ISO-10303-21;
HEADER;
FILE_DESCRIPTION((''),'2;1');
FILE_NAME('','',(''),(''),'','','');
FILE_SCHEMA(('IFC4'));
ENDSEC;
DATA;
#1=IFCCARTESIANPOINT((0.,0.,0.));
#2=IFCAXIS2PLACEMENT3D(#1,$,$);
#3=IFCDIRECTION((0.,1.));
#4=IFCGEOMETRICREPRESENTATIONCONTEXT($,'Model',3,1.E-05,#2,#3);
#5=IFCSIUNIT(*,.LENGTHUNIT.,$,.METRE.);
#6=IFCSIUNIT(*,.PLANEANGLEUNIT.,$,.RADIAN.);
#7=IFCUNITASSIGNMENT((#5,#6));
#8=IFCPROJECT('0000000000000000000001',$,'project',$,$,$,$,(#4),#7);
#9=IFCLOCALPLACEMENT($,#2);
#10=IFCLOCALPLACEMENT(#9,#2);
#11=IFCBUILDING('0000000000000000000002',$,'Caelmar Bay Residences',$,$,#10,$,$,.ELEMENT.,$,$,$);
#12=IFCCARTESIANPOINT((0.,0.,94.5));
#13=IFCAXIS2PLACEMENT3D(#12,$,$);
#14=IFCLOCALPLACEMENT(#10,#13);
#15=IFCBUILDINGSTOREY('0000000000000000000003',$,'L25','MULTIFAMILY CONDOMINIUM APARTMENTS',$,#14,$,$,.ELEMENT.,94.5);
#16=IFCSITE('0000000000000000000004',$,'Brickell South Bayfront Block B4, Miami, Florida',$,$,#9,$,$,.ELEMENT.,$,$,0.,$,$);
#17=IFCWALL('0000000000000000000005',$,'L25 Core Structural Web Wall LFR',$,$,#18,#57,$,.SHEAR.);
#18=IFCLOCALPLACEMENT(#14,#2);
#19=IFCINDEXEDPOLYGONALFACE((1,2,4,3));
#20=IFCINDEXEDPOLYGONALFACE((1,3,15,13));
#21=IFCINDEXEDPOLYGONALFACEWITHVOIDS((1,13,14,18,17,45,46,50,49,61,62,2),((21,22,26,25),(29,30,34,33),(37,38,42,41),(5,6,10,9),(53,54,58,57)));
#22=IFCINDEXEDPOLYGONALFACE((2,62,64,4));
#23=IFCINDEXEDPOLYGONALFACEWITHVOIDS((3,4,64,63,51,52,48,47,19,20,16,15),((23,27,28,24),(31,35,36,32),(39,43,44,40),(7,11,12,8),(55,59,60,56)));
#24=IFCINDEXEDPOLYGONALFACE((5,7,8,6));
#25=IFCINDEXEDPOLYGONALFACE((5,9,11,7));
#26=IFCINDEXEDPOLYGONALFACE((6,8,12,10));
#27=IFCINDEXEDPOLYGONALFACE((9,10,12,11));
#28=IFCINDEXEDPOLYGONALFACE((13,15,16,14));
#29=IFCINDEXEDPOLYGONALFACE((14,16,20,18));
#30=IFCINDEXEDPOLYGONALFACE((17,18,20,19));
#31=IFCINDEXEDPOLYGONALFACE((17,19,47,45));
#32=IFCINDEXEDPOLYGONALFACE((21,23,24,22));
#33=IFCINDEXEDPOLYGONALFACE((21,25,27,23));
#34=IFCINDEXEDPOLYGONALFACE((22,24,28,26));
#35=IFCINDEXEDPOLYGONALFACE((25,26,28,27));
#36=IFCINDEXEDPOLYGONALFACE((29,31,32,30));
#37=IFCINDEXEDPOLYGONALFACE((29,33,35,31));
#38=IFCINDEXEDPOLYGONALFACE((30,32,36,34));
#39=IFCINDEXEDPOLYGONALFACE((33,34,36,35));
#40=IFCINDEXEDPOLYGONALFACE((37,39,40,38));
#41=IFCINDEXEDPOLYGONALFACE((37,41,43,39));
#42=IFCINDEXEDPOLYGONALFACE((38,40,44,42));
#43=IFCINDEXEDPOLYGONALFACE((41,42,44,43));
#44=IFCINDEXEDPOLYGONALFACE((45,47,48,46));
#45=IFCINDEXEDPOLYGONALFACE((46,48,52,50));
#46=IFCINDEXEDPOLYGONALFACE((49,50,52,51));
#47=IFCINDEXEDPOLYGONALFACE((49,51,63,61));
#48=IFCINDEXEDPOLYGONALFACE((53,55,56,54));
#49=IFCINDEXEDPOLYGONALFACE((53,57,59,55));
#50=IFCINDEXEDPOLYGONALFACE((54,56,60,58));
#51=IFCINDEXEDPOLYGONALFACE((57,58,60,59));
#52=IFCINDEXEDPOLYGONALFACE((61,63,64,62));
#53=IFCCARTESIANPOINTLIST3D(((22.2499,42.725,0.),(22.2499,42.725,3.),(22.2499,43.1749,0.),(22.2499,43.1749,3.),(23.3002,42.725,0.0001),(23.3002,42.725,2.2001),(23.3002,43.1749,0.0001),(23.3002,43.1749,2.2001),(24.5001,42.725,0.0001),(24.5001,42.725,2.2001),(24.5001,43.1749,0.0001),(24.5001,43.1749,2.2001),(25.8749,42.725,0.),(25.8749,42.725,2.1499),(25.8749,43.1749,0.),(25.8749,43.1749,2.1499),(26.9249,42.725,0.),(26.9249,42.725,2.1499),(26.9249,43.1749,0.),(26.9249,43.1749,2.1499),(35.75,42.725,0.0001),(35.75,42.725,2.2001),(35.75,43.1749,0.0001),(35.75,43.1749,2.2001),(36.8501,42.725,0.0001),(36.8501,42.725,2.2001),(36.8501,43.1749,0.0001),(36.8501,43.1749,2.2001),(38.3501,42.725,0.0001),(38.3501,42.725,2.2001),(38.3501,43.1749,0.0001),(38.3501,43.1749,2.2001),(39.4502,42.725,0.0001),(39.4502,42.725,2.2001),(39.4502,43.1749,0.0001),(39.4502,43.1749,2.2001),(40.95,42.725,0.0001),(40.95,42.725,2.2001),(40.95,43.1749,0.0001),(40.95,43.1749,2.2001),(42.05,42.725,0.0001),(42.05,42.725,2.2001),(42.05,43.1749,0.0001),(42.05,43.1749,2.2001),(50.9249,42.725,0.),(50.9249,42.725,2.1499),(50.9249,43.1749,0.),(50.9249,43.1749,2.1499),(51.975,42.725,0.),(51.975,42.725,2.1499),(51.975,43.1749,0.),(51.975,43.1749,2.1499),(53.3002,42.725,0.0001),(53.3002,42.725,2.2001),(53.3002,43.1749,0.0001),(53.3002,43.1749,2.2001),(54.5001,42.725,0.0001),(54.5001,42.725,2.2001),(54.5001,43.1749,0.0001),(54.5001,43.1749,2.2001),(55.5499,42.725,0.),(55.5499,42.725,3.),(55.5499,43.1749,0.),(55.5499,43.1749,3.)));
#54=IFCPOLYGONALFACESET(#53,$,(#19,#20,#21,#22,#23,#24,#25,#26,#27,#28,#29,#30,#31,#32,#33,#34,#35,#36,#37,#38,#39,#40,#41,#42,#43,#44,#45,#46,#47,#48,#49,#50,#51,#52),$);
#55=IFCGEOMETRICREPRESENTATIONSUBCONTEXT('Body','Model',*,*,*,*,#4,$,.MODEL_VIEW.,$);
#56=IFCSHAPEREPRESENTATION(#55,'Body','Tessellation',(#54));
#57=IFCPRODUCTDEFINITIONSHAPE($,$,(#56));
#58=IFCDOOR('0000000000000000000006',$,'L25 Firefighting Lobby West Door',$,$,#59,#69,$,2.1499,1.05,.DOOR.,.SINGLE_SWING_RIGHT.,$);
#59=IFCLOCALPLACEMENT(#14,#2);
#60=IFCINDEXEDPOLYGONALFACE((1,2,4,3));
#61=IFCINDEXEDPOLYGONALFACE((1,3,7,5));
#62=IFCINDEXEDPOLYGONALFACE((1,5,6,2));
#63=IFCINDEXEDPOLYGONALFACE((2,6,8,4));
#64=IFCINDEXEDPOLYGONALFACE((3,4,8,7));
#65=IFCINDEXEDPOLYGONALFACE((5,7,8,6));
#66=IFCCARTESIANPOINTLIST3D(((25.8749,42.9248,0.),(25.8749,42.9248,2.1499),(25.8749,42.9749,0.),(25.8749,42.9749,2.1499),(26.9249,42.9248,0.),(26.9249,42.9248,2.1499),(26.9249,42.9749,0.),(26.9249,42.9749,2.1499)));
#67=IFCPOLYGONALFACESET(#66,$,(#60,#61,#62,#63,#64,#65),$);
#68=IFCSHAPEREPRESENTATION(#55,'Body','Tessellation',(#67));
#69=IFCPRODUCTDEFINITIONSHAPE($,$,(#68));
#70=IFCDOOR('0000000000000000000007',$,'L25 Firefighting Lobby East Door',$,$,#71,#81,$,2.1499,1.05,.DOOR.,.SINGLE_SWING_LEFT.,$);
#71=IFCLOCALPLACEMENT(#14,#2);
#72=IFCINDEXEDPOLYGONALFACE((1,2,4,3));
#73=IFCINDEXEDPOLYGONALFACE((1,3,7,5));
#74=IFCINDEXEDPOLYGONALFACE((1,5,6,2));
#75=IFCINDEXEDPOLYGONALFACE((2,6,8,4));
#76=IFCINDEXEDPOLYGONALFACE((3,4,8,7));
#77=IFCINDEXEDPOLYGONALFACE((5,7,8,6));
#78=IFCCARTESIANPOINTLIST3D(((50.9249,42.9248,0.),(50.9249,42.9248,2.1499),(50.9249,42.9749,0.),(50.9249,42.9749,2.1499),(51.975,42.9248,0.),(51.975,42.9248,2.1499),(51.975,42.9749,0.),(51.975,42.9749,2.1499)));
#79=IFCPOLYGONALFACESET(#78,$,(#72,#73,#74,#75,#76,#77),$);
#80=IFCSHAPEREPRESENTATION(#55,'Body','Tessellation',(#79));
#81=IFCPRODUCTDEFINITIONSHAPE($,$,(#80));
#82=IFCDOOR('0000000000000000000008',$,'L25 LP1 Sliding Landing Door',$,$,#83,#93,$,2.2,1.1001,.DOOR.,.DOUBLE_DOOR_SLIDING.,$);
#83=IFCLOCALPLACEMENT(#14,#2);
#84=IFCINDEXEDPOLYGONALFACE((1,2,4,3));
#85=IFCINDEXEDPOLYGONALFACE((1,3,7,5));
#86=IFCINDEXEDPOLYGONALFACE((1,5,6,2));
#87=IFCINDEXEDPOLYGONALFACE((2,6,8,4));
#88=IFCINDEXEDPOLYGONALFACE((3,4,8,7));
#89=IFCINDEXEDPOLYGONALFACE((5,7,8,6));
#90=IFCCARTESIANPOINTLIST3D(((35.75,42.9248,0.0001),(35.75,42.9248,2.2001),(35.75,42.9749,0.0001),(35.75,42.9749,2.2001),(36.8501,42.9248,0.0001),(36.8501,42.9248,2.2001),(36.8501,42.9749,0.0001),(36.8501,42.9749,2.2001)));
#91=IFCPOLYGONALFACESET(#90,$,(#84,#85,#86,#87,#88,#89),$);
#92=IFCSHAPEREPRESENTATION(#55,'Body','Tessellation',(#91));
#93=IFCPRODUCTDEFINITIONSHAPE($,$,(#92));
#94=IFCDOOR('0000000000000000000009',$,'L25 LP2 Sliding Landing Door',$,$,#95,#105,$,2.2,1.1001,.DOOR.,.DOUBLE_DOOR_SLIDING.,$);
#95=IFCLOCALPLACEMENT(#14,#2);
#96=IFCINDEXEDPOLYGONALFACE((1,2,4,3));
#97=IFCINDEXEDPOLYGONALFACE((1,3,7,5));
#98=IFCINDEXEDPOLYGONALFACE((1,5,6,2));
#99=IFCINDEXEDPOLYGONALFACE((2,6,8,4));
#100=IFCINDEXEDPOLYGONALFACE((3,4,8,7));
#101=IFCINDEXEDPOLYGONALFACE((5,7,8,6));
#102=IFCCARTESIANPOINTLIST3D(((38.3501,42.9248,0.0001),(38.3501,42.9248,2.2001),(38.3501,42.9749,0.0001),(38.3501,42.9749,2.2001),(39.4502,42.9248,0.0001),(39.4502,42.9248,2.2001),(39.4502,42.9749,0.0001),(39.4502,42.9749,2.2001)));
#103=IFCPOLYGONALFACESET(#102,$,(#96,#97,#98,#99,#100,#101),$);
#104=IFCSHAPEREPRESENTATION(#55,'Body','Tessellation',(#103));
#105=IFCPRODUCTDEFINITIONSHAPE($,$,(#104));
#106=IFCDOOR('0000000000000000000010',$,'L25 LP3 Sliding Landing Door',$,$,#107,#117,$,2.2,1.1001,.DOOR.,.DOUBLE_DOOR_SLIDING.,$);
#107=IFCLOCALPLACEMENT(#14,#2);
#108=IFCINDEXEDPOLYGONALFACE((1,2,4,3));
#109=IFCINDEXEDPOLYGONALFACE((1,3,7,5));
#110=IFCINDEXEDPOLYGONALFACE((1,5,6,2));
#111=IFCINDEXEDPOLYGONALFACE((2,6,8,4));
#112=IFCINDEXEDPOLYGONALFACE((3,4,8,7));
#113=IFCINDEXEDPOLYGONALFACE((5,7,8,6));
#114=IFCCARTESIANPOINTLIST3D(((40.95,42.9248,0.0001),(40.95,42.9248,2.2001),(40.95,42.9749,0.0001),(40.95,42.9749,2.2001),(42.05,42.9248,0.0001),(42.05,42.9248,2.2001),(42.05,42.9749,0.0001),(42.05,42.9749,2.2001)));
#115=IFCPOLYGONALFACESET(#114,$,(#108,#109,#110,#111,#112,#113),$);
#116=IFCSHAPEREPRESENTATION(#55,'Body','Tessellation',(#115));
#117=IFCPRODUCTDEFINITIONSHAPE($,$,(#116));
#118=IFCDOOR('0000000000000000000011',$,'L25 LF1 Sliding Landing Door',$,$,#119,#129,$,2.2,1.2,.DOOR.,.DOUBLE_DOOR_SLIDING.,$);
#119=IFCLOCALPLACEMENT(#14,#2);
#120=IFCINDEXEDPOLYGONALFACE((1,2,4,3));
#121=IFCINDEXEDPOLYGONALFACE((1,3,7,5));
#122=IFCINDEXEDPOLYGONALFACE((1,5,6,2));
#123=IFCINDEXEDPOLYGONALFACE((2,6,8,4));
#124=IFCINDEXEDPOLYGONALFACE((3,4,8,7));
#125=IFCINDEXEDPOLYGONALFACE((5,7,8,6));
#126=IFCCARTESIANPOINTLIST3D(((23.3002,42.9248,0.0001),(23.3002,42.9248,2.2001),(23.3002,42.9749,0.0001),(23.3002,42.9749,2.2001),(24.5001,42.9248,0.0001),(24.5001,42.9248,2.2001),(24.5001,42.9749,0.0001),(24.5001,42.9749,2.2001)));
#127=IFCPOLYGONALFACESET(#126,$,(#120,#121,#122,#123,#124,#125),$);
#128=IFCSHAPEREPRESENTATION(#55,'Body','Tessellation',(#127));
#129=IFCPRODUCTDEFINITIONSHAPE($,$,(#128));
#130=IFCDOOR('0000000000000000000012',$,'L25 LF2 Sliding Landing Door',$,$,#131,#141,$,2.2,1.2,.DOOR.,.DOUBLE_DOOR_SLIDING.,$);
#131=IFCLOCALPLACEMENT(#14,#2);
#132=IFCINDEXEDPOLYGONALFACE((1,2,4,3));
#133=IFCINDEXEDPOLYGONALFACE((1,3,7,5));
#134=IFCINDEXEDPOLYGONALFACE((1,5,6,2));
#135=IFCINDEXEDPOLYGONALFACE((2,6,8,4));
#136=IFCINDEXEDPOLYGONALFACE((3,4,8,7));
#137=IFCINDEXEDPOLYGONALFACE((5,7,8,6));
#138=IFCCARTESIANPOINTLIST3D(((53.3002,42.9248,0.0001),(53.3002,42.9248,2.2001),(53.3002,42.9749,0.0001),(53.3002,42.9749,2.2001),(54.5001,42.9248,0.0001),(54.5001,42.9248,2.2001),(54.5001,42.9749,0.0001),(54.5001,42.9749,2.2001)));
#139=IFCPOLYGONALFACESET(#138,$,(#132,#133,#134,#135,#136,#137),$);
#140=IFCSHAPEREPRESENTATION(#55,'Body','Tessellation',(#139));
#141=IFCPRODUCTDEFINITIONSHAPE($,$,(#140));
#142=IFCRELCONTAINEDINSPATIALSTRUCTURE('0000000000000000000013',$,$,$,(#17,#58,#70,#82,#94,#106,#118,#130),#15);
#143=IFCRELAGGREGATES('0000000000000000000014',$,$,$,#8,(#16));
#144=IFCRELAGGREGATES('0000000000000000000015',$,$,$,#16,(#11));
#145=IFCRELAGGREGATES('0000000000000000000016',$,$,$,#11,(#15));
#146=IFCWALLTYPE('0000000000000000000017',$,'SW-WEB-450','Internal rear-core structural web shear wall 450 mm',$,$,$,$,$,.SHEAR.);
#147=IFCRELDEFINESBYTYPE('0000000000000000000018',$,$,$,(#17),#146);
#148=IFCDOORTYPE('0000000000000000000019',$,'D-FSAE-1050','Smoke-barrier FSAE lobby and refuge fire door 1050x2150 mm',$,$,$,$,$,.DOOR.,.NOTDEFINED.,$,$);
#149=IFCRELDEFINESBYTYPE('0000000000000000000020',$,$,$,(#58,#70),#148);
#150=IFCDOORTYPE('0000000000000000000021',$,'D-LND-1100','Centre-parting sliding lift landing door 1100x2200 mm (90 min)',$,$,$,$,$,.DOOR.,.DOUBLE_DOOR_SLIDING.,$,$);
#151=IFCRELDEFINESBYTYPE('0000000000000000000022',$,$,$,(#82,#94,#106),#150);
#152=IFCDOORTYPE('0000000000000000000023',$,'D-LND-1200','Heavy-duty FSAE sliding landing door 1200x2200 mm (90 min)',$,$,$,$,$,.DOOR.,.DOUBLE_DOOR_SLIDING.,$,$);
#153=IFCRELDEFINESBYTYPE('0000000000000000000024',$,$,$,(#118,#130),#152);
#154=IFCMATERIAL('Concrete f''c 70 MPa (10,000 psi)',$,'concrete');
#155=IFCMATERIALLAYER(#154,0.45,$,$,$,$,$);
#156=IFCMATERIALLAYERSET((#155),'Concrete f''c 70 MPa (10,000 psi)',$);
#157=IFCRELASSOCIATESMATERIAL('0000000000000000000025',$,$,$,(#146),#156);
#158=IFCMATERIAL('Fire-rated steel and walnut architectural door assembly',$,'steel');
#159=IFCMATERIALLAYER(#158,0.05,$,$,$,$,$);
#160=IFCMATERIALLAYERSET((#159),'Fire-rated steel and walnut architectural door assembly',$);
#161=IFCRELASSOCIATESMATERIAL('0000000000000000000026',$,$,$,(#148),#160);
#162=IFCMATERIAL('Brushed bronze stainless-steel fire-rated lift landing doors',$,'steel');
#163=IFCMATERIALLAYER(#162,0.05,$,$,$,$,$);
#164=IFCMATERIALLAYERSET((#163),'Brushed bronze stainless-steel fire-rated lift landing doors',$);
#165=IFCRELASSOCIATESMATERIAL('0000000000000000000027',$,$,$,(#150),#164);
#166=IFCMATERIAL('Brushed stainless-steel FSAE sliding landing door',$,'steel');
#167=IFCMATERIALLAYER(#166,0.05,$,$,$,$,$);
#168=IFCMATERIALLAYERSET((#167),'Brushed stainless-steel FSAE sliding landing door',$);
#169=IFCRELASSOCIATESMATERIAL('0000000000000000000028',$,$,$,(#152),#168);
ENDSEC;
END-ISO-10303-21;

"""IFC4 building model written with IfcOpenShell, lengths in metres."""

from ifc_helpers import new_model, si_unit, direction, frame, frame_2d, origin, place, context, subcontext, project, spatial, rectangle, extrude, material, layer, layer_set, type_object, element, fill, save


model = new_model("IFC4")

# Units and contexts
model_context = context("Model", 3, precision=1e-05, world=origin(), true_north=direction((0.0, 1.0)))
body_context = subcontext(model_context, "Body", "Model", "MODEL_VIEW")
ifc_project = project(units=[si_unit("LENGTHUNIT", "METRE"), si_unit("PLANEANGLEUNIT", "RADIAN")], contexts=[model_context])

# Site, building, storey
site_placement = place(None, origin())
site = spatial("IfcSite", under=ifc_project, at=site_placement, Name="Brickell South Bayfront Block B4, Miami, Florida", CompositionType="ELEMENT", RefElevation=0.0)
building_placement = place(site_placement, origin())
building = spatial("IfcBuilding", under=site, at=building_placement, Name="Caelmar Bay Residences", CompositionType="ELEMENT")
storey_placement = place(building_placement, frame((0.0, 0.0, 94.5)))
storey = spatial("IfcBuildingStorey", under=building, at=storey_placement, Name="L25", Description="MULTIFAMILY CONDOMINIUM APARTMENTS", CompositionType="ELEMENT", Elevation=94.5)

# Shared definitions
ifc_material_1 = material(Name="Concrete f'c 70 MPa (10,000 psi)", Category="concrete")
ifc_layer_1 = layer(ifc_material_1, 0.45)
ifc_layer_set_1 = layer_set([ifc_layer_1], Name="Concrete f'c 70 MPa (10,000 psi)")
wall_type_1 = type_object("IfcWallType", Name="SW-WEB-450", Description="Internal rear-core structural web shear wall 450 mm", PredefinedType="SHEAR", material=ifc_layer_set_1)

# Wall, openings, doors
wall_1_placement = place(storey_placement, frame((22.25, 42.95, 0.0), z_axis=(0.0, 0.0, 1.0), x_axis=(1.0, 0.0, 0.0)))
wall_1 = element("IfcWall", 1, at=wall_1_placement, inside=storey, type_object=wall_type_1, Name="L25 Core Structural Web Wall LFR", PredefinedType="SHEAR", context=body_context, shape_type="SweptSolid", body=[
    extrude(rectangle(XDim=33.3, YDim=0.45, at=frame_2d((16.6499, 0.0))), origin(), (0.0, 0.0, 1.0), 3.0),
])
opening_1_placement = place(wall_1_placement, frame((1.05, 0.0, 0.0)))
opening_1 = element("IfcOpeningElement", 2, at=opening_1_placement, cuts=wall_1, PredefinedType="OPENING", context=body_context, shape_type="SweptSolid", body=[
    extrude(rectangle(XDim=1.2, YDim=2.2, at=frame_2d((0.6001, 1.1001))), frame((0.0, 0.2349, 0.0), z_axis=(0.0, -1.0, 0.0), x_axis=(1.0, 0.0, 0.0)), (0.0, 0.0, 1.0), 0.47),
])
opening_2_placement = place(wall_1_placement, frame((31.05, 0.0, 0.0)))
opening_2 = element("IfcOpeningElement", 3, at=opening_2_placement, cuts=wall_1, PredefinedType="OPENING", context=body_context, shape_type="SweptSolid", body=[
    extrude(rectangle(XDim=1.2, YDim=2.2, at=frame_2d((0.6001, 1.1001))), frame((0.0, 0.2349, 0.0), z_axis=(0.0, -1.0, 0.0), x_axis=(1.0, 0.0, 0.0)), (0.0, 0.0, 1.0), 0.47),
])
opening_3_placement = place(wall_1_placement, frame((13.5, 0.0, 0.0)))
opening_3 = element("IfcOpeningElement", 4, at=opening_3_placement, cuts=wall_1, PredefinedType="OPENING", context=body_context, shape_type="SweptSolid", body=[
    extrude(rectangle(XDim=1.1001, YDim=2.2, at=frame_2d((0.55, 1.1001))), frame((0.0, 0.2349, 0.0), z_axis=(0.0, -1.0, 0.0), x_axis=(1.0, 0.0, 0.0)), (0.0, 0.0, 1.0), 0.47),
])
opening_4_placement = place(wall_1_placement, frame((16.1001, 0.0, 0.0)))
opening_4 = element("IfcOpeningElement", 5, at=opening_4_placement, cuts=wall_1, PredefinedType="OPENING", context=body_context, shape_type="SweptSolid", body=[
    extrude(rectangle(XDim=1.1001, YDim=2.2, at=frame_2d((0.55, 1.1001))), frame((0.0, 0.2349, 0.0), z_axis=(0.0, -1.0, 0.0), x_axis=(1.0, 0.0, 0.0)), (0.0, 0.0, 1.0), 0.47),
])
opening_5_placement = place(wall_1_placement, frame((18.7, 0.0, 0.0)))
opening_5 = element("IfcOpeningElement", 6, at=opening_5_placement, cuts=wall_1, PredefinedType="OPENING", context=body_context, shape_type="SweptSolid", body=[
    extrude(rectangle(XDim=1.1001, YDim=2.2, at=frame_2d((0.55, 1.1001))), frame((0.0, 0.2349, 0.0), z_axis=(0.0, -1.0, 0.0), x_axis=(1.0, 0.0, 0.0)), (0.0, 0.0, 1.0), 0.47),
])
opening_6_placement = place(wall_1_placement, frame((3.625, 0.0, 0.0)))
opening_6 = element("IfcOpeningElement", 7, at=opening_6_placement, cuts=wall_1, PredefinedType="OPENING", context=body_context, shape_type="SweptSolid", body=[
    extrude(rectangle(XDim=1.05, YDim=2.1499, at=frame_2d((0.5249, 1.075))), frame((0.0, 0.2349, 0.0), z_axis=(0.0, -1.0, 0.0), x_axis=(1.0, 0.0, 0.0)), (0.0, 0.0, 1.0), 0.47),
])
opening_7_placement = place(wall_1_placement, frame((28.675, 0.0, 0.0)))
opening_7 = element("IfcOpeningElement", 8, at=opening_7_placement, cuts=wall_1, PredefinedType="OPENING", context=body_context, shape_type="SweptSolid", body=[
    extrude(rectangle(XDim=1.05, YDim=2.1499, at=frame_2d((0.5249, 1.075))), frame((0.0, 0.2349, 0.0), z_axis=(0.0, -1.0, 0.0), x_axis=(1.0, 0.0, 0.0)), (0.0, 0.0, 1.0), 0.47),
])
ifc_material_2 = material(Name="Fire-rated steel and walnut architectural door assembly", Category="steel")
ifc_layer_2 = layer(ifc_material_2, 0.05)
ifc_layer_set_2 = layer_set([ifc_layer_2], Name="Fire-rated steel and walnut architectural door assembly")
door_type_1 = type_object("IfcDoorType", Name="D-FSAE-1050", Description="Smoke-barrier FSAE lobby and refuge fire door 1050x2150 mm", OperationType="NOTDEFINED", PredefinedType="DOOR", material=ifc_layer_set_2)
door_1_placement = place(opening_6_placement, origin())
door_1 = element("IfcDoor", 9, at=door_1_placement, inside=storey, type_object=door_type_1, Name="L25 Firefighting Lobby West Door", OperationType="SINGLE_SWING_RIGHT", OverallHeight=2.1499, OverallWidth=1.05, PredefinedType="DOOR", context=body_context, shape_type="SweptSolid", body=[
    extrude(rectangle(XDim=1.05, YDim=2.1499, at=frame_2d((0.5249, 1.075))), frame((0.0, 0.0249, 0.0), z_axis=(0.0, -1.0, 0.0), x_axis=(1.0, 0.0, 0.0)), (0.0, 0.0, 1.0), 0.05),
])
fill(opening_6, door_1)
door_2_placement = place(opening_7_placement, origin())
door_2 = element("IfcDoor", 10, at=door_2_placement, inside=storey, type_object=door_type_1, Name="L25 Firefighting Lobby East Door", OperationType="SINGLE_SWING_LEFT", OverallHeight=2.1499, OverallWidth=1.05, PredefinedType="DOOR", context=body_context, shape_type="SweptSolid", body=[
    extrude(rectangle(XDim=1.05, YDim=2.1499, at=frame_2d((0.5249, 1.075))), frame((0.0, 0.0249, 0.0), z_axis=(0.0, -1.0, 0.0), x_axis=(1.0, 0.0, 0.0)), (0.0, 0.0, 1.0), 0.05),
])
fill(opening_7, door_2)
ifc_material_3 = material(Name="Brushed bronze stainless-steel fire-rated lift landing doors", Category="steel")
ifc_layer_3 = layer(ifc_material_3, 0.05)
ifc_layer_set_3 = layer_set([ifc_layer_3], Name="Brushed bronze stainless-steel fire-rated lift landing doors")
door_type_2 = type_object("IfcDoorType", Name="D-LND-1100", Description="Centre-parting sliding lift landing door 1100x2200 mm (90 min)", OperationType="DOUBLE_DOOR_SLIDING", PredefinedType="DOOR", material=ifc_layer_set_3)
door_3_placement = place(opening_3_placement, origin())
door_3 = element("IfcDoor", 11, at=door_3_placement, inside=storey, type_object=door_type_2, Name="L25 LP1 Sliding Landing Door", OperationType="DOUBLE_DOOR_SLIDING", OverallHeight=2.2, OverallWidth=1.1001, PredefinedType="DOOR", context=body_context, shape_type="SweptSolid", body=[
    extrude(rectangle(XDim=1.1001, YDim=2.2, at=frame_2d((0.55, 1.1001))), frame((0.0, 0.0249, 0.0), z_axis=(0.0, -1.0, 0.0), x_axis=(1.0, 0.0, 0.0)), (0.0, 0.0, 1.0), 0.05),
])
fill(opening_3, door_3)
door_4_placement = place(opening_4_placement, origin())
door_4 = element("IfcDoor", 12, at=door_4_placement, inside=storey, type_object=door_type_2, Name="L25 LP2 Sliding Landing Door", OperationType="DOUBLE_DOOR_SLIDING", OverallHeight=2.2, OverallWidth=1.1001, PredefinedType="DOOR", context=body_context, shape_type="SweptSolid", body=[
    extrude(rectangle(XDim=1.1001, YDim=2.2, at=frame_2d((0.55, 1.1001))), frame((0.0, 0.0249, 0.0), z_axis=(0.0, -1.0, 0.0), x_axis=(1.0, 0.0, 0.0)), (0.0, 0.0, 1.0), 0.05),
])
fill(opening_4, door_4)
door_5_placement = place(opening_5_placement, origin())
door_5 = element("IfcDoor", 13, at=door_5_placement, inside=storey, type_object=door_type_2, Name="L25 LP3 Sliding Landing Door", OperationType="DOUBLE_DOOR_SLIDING", OverallHeight=2.2, OverallWidth=1.1001, PredefinedType="DOOR", context=body_context, shape_type="SweptSolid", body=[
    extrude(rectangle(XDim=1.1001, YDim=2.2, at=frame_2d((0.55, 1.1001))), frame((0.0, 0.0249, 0.0), z_axis=(0.0, -1.0, 0.0), x_axis=(1.0, 0.0, 0.0)), (0.0, 0.0, 1.0), 0.05),
])
fill(opening_5, door_5)
ifc_material_4 = material(Name="Brushed stainless-steel FSAE sliding landing door", Category="steel")
ifc_layer_4 = layer(ifc_material_4, 0.05)
ifc_layer_set_4 = layer_set([ifc_layer_4], Name="Brushed stainless-steel FSAE sliding landing door")
door_type_3 = type_object("IfcDoorType", Name="D-LND-1200", Description="Heavy-duty FSAE sliding landing door 1200x2200 mm (90 min)", OperationType="DOUBLE_DOOR_SLIDING", PredefinedType="DOOR", material=ifc_layer_set_4)
door_6_placement = place(opening_1_placement, origin())
door_6 = element("IfcDoor", 14, at=door_6_placement, inside=storey, type_object=door_type_3, Name="L25 LF1 Sliding Landing Door", OperationType="DOUBLE_DOOR_SLIDING", OverallHeight=2.2, OverallWidth=1.2, PredefinedType="DOOR", context=body_context, shape_type="SweptSolid", body=[
    extrude(rectangle(XDim=1.2, YDim=2.2, at=frame_2d((0.6001, 1.1001))), frame((0.0, 0.0249, 0.0), z_axis=(0.0, -1.0, 0.0), x_axis=(1.0, 0.0, 0.0)), (0.0, 0.0, 1.0), 0.05),
])
fill(opening_1, door_6)
door_7_placement = place(opening_2_placement, origin())
door_7 = element("IfcDoor", 15, at=door_7_placement, inside=storey, type_object=door_type_3, Name="L25 LF2 Sliding Landing Door", OperationType="DOUBLE_DOOR_SLIDING", OverallHeight=2.2, OverallWidth=1.2, PredefinedType="DOOR", context=body_context, shape_type="SweptSolid", body=[
    extrude(rectangle(XDim=1.2, YDim=2.2, at=frame_2d((0.6001, 1.1001))), frame((0.0, 0.0249, 0.0), z_axis=(0.0, -1.0, 0.0), x_axis=(1.0, 0.0, 0.0)), (0.0, 0.0, 1.0), 0.05),
])
fill(opening_2, door_7)

save(model, "model.ifc")
